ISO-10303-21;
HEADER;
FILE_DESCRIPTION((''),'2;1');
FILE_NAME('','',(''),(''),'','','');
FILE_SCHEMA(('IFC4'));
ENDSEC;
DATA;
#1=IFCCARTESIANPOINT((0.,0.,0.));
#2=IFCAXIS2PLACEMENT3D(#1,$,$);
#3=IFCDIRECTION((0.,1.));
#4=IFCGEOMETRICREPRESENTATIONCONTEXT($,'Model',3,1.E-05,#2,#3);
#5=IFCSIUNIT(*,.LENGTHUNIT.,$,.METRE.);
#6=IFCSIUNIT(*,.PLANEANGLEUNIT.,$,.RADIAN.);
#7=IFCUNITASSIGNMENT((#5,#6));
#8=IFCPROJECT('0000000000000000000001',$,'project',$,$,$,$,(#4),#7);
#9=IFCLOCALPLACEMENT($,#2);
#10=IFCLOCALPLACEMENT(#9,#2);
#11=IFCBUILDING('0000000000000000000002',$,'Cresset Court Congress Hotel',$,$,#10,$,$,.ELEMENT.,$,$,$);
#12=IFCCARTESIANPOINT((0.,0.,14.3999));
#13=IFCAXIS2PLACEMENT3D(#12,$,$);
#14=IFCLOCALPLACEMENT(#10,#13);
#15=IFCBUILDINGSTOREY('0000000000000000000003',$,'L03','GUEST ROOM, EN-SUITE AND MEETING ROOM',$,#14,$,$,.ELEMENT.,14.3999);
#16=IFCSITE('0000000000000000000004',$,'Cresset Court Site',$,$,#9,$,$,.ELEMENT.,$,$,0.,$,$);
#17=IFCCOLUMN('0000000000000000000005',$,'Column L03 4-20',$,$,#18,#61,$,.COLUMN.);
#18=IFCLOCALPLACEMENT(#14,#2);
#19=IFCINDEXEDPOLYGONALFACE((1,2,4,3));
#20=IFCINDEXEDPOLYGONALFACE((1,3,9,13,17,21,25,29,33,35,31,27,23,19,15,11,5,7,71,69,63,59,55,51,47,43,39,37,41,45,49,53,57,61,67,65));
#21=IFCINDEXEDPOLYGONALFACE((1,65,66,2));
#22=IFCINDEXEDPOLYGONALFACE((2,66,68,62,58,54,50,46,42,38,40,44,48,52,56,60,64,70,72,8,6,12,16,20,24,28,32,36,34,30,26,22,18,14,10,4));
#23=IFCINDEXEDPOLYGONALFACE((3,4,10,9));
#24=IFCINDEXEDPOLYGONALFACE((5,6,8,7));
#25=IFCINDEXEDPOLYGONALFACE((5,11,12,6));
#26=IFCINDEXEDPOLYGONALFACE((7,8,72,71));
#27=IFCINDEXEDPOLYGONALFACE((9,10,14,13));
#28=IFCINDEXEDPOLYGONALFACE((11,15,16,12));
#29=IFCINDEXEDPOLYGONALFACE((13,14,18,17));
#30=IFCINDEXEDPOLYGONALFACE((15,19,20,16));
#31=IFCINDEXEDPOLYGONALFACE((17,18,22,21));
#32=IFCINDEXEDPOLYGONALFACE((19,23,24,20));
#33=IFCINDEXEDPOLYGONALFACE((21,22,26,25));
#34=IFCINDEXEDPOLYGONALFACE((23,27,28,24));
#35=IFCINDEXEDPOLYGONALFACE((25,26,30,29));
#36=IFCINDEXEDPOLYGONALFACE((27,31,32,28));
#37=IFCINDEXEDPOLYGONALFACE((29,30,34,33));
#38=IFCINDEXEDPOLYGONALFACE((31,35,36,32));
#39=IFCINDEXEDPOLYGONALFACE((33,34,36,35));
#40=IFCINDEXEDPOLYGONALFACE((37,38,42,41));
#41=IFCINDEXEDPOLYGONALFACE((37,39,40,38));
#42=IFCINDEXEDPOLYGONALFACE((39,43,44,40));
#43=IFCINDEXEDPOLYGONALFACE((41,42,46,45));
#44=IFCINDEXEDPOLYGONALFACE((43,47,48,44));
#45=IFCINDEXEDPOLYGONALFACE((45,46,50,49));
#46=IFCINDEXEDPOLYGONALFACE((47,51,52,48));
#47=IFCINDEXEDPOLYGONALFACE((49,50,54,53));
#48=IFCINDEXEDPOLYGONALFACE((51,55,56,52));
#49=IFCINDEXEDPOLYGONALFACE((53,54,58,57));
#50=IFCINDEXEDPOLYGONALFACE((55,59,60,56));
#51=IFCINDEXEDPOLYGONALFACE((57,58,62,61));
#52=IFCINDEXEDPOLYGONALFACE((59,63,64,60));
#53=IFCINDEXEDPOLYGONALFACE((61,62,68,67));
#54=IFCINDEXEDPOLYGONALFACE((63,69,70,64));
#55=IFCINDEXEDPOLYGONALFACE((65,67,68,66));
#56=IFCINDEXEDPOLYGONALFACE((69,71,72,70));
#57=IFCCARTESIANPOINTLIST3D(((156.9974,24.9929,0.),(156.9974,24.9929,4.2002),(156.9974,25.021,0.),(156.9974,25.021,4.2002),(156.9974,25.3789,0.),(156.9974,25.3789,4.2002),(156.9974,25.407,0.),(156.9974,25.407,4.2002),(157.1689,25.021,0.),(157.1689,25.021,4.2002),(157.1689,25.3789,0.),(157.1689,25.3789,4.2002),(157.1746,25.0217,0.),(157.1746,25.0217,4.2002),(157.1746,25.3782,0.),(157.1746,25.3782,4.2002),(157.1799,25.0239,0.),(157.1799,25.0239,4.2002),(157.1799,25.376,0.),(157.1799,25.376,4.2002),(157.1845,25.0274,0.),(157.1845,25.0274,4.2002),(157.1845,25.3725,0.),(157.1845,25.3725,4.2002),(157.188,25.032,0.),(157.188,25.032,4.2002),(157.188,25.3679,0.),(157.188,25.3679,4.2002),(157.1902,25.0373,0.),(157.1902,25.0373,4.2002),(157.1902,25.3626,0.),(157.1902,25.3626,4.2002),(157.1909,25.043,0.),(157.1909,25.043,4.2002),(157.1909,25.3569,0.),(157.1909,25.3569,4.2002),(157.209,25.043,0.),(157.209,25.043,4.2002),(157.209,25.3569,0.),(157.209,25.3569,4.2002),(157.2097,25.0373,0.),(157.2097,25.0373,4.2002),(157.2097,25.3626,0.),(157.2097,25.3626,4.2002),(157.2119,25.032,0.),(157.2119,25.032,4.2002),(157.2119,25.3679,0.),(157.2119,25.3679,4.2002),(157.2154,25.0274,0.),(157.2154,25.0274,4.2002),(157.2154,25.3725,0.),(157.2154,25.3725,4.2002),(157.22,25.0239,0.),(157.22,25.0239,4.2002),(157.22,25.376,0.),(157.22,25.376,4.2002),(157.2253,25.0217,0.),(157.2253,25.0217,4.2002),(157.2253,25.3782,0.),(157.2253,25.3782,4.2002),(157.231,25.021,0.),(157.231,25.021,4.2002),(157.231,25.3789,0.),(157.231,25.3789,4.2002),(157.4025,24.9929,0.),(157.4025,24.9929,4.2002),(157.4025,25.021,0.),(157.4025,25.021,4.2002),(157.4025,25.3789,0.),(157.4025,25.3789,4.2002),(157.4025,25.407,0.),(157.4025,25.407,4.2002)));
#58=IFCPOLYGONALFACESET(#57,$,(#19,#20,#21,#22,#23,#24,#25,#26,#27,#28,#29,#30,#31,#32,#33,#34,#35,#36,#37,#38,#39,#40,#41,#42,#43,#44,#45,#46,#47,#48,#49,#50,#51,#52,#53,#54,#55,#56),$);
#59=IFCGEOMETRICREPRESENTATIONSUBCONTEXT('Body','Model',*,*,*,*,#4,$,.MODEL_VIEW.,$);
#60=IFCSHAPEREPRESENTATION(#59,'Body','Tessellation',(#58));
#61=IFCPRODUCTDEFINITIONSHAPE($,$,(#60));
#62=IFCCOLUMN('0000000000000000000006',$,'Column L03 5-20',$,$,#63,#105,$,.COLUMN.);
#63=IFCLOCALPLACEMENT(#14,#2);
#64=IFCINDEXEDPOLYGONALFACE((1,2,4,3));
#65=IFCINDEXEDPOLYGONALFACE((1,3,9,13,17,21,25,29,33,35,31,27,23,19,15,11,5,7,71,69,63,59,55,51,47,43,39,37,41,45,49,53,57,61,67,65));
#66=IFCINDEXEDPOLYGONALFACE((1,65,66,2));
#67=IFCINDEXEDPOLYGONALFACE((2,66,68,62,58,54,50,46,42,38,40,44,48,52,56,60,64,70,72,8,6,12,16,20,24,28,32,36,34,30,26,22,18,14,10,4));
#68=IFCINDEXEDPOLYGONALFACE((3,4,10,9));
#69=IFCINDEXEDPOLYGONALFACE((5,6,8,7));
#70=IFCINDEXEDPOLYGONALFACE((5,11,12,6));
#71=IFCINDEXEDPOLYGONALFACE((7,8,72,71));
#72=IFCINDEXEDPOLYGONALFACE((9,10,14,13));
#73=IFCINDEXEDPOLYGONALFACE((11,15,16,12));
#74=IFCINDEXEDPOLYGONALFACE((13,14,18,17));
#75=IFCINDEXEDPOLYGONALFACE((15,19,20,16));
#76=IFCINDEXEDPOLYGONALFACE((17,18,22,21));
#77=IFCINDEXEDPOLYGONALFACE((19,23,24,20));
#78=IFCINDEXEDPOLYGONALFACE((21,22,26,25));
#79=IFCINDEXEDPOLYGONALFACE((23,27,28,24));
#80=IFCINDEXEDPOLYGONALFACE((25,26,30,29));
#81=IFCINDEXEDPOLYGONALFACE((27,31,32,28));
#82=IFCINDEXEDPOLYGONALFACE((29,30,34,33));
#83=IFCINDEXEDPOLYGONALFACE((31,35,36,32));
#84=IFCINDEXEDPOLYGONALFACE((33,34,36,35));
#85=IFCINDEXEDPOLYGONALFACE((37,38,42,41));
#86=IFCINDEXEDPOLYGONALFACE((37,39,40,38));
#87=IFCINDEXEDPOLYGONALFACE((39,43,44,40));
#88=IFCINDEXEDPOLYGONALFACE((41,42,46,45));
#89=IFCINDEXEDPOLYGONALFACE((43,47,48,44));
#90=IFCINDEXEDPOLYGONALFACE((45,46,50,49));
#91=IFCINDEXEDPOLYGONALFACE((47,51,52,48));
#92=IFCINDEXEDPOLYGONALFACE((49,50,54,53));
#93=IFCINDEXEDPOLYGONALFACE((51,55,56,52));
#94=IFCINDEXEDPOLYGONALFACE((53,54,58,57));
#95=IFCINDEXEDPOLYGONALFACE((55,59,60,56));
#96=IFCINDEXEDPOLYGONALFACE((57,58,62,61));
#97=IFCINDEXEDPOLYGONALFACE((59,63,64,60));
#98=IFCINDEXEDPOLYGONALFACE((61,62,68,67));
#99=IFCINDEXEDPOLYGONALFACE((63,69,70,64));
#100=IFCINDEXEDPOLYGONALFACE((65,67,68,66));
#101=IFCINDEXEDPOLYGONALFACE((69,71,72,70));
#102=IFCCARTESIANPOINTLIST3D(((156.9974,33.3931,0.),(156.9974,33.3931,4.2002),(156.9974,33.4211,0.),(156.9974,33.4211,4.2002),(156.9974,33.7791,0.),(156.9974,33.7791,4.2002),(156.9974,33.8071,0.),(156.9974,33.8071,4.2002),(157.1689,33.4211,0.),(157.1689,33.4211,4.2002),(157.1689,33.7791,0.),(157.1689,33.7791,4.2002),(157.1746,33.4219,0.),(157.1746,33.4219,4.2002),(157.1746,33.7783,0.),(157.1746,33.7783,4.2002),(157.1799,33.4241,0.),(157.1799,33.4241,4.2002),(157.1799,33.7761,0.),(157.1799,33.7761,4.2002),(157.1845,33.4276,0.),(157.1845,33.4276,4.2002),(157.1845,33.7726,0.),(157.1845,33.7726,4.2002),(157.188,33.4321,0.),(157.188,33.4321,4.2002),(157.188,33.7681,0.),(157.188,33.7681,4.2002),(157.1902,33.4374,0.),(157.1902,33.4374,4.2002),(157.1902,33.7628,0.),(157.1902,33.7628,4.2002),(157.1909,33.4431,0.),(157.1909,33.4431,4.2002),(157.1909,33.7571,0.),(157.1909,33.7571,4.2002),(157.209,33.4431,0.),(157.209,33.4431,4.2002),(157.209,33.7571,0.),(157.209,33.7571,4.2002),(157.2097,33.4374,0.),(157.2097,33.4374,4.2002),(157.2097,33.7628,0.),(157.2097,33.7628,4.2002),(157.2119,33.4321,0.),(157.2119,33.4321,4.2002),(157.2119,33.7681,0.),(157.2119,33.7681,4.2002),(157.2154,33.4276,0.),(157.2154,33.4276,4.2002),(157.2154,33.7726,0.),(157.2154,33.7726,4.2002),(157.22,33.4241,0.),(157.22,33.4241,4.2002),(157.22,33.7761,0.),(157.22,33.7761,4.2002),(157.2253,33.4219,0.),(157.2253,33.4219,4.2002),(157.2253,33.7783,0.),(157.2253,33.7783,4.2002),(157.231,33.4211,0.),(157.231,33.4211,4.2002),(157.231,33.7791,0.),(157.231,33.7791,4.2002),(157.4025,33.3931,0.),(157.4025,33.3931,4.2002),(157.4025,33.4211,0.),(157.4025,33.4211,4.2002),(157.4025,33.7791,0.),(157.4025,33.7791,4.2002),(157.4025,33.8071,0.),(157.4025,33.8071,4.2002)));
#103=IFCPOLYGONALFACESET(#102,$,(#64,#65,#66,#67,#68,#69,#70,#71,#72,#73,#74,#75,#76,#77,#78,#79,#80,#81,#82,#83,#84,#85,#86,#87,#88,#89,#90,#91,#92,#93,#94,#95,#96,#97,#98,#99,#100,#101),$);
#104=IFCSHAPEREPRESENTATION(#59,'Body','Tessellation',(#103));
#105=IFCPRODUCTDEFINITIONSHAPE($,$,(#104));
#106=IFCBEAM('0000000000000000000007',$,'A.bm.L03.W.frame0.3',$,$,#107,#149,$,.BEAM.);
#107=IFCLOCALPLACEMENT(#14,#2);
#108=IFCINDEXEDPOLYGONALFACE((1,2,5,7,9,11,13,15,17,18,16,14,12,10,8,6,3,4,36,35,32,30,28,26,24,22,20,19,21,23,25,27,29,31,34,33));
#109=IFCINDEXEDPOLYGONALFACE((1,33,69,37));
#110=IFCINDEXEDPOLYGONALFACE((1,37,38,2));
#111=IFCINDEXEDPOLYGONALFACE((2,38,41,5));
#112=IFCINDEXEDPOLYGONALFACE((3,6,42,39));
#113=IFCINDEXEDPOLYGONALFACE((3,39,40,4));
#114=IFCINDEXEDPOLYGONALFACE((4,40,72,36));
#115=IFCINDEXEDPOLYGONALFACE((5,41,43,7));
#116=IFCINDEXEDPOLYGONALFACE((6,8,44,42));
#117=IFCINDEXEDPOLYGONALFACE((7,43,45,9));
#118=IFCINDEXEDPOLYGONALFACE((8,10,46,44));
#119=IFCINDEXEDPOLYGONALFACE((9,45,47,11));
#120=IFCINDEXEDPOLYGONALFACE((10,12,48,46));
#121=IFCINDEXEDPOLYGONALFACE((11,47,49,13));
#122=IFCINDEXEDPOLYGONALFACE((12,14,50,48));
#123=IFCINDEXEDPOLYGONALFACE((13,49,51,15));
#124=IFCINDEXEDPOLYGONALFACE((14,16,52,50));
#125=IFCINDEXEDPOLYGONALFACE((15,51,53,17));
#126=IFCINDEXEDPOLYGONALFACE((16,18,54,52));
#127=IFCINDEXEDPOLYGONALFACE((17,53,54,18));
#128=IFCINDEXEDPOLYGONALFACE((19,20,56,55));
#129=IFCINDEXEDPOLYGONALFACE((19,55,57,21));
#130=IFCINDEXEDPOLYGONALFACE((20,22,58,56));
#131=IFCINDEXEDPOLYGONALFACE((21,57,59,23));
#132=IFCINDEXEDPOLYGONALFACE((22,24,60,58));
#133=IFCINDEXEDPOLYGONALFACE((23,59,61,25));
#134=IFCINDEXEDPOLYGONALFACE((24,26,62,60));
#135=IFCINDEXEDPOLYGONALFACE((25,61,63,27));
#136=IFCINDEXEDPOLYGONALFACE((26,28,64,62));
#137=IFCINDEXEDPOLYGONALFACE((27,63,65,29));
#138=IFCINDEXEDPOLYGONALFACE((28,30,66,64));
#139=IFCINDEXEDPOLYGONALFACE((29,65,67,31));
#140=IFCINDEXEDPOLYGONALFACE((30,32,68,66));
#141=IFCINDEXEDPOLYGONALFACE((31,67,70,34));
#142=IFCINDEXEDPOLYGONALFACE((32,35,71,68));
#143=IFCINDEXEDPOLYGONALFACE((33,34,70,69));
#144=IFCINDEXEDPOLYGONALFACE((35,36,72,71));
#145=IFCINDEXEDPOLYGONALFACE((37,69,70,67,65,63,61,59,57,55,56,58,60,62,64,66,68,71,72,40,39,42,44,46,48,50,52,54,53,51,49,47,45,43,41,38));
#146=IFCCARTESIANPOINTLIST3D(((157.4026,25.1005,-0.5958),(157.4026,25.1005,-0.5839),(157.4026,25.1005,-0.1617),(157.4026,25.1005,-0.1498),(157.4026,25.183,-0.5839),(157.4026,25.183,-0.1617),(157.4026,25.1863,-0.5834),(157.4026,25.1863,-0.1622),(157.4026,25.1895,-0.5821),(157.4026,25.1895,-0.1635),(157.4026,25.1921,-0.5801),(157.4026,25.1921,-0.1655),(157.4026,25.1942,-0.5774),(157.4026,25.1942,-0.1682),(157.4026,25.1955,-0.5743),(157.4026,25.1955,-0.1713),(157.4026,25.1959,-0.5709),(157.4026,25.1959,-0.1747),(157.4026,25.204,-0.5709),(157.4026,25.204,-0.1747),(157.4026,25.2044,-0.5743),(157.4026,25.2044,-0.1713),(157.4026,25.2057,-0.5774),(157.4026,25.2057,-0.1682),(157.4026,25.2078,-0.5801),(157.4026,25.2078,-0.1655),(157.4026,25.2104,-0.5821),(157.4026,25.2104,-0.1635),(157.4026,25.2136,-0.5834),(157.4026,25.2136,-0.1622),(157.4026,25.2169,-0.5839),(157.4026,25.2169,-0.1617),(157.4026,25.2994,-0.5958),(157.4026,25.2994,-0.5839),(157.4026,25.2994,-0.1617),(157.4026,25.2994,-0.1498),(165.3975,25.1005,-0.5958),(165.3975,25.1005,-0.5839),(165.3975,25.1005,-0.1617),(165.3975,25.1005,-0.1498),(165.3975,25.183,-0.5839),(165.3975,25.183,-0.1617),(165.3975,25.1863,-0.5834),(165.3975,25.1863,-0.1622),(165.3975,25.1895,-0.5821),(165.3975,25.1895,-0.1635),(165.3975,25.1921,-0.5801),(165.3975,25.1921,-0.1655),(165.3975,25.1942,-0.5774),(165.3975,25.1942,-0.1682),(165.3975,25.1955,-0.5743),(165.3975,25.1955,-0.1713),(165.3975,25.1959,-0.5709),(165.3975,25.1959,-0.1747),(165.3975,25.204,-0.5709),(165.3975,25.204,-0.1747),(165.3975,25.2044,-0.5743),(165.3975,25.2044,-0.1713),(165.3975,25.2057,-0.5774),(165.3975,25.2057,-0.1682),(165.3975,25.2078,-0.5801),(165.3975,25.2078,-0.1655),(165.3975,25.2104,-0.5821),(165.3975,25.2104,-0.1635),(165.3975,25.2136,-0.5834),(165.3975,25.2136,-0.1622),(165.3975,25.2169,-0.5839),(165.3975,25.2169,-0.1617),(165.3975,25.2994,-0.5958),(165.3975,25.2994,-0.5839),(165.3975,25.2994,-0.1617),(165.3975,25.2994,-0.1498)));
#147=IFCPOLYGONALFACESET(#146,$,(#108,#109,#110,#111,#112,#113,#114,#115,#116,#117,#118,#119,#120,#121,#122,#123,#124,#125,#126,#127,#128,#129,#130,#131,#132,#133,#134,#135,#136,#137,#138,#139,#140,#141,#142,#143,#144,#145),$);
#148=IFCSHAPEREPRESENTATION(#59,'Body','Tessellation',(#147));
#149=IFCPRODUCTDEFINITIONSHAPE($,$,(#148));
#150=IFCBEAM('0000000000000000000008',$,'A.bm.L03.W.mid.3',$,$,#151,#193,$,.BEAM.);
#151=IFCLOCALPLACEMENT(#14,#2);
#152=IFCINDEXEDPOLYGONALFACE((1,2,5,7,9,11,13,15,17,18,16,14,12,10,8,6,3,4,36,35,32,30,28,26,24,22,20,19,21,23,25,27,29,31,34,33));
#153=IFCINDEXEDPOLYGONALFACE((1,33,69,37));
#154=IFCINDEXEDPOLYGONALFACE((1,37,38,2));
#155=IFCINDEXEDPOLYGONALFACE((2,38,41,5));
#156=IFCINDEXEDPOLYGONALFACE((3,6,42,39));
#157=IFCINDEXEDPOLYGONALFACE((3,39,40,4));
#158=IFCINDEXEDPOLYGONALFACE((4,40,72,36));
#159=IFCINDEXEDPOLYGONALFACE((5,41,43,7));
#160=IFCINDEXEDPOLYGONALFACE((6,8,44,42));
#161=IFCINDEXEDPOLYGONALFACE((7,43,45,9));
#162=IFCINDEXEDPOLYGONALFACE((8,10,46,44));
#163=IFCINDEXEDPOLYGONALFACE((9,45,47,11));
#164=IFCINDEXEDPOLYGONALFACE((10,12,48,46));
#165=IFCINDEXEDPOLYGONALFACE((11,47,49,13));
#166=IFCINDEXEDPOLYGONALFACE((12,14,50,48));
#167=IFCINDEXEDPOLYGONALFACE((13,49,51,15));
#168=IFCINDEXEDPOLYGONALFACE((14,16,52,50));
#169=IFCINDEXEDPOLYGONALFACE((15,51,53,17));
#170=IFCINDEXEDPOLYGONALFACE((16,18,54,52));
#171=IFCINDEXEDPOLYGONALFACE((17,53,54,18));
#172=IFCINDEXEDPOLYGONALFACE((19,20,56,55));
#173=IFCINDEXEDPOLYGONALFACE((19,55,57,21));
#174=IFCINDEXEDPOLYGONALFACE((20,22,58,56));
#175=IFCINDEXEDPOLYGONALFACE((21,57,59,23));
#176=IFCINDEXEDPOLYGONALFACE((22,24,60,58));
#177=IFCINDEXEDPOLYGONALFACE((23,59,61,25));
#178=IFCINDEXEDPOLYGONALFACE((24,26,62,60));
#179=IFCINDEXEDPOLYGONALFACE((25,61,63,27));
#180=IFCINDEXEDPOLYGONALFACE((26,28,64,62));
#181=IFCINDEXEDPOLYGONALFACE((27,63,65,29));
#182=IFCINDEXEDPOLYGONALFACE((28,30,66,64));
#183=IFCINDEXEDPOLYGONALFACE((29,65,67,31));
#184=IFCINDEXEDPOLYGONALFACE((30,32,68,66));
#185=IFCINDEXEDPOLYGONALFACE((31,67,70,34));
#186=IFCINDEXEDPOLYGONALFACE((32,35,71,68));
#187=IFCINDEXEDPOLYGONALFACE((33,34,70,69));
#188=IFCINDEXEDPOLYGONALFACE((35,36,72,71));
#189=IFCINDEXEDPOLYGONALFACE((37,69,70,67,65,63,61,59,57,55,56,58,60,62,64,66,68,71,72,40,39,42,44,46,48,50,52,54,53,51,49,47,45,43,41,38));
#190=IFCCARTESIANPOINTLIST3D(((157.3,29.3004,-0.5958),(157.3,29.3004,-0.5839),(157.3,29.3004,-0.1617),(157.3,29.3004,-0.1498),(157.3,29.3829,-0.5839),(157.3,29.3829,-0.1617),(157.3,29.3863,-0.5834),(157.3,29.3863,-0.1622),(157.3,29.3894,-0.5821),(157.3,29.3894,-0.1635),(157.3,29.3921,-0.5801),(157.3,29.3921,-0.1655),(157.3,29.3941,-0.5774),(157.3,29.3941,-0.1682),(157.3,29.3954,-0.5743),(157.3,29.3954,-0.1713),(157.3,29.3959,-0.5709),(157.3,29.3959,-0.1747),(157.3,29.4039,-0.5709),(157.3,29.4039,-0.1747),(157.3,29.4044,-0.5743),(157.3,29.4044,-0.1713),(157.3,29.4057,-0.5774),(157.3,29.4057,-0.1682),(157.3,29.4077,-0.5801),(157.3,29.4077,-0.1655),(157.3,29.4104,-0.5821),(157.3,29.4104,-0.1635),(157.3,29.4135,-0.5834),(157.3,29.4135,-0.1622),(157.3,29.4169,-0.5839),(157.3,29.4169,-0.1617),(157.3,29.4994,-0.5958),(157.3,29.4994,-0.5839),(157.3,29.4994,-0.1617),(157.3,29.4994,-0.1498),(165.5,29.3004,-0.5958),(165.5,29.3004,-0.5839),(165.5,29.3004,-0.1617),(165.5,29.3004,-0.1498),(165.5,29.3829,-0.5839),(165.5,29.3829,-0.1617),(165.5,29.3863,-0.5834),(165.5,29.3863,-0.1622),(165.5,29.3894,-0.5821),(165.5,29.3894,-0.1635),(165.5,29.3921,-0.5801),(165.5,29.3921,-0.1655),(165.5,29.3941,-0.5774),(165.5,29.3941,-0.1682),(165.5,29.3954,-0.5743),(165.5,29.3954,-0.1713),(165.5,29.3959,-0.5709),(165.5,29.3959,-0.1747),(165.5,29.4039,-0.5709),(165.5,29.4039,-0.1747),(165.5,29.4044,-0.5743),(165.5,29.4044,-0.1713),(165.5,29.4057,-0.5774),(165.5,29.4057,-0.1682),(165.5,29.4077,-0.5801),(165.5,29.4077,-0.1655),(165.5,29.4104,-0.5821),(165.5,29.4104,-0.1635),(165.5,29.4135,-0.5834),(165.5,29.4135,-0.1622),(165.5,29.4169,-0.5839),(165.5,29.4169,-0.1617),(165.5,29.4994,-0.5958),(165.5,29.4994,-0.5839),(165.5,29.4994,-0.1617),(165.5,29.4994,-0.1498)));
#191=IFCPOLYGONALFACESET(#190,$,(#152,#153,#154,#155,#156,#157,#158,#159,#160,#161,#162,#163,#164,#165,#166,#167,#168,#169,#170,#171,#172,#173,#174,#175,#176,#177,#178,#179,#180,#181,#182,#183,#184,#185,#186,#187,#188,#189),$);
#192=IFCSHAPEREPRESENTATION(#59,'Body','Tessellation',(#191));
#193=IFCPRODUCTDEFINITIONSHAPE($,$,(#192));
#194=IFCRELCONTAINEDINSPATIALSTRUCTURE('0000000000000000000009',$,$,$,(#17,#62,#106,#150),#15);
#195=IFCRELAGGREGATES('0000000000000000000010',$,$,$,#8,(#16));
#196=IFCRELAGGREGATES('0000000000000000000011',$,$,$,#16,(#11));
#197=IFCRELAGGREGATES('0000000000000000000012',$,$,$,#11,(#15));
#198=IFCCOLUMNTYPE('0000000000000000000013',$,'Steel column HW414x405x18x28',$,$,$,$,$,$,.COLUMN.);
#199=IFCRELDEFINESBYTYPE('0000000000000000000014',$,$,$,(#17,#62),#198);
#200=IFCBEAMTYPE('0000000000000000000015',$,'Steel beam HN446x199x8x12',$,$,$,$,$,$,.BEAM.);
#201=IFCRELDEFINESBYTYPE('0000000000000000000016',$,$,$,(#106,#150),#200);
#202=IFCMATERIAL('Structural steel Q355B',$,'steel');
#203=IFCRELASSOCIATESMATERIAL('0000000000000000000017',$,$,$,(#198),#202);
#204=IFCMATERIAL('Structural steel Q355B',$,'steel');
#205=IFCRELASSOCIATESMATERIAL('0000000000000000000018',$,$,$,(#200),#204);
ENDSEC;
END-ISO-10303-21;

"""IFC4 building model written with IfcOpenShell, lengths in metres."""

from ifc_helpers import new_model, si_unit, direction, frame, origin, origin_2d, place, context, subcontext, project, spatial, i_section, extrude, material, material_profile, profile_set, type_object, element, save


model = new_model("IFC4")

# Units and contexts
model_context = context("Model", 3, precision=1e-05, world=origin(), true_north=direction((0.0, 1.0)))
body_context = subcontext(model_context, "Body", "Model", "MODEL_VIEW")
ifc_project = project(units=[si_unit("LENGTHUNIT", "METRE"), si_unit("PLANEANGLEUNIT", "RADIAN")], contexts=[model_context])

# Site, building, storey
site_placement = place(None, origin())
site = spatial("IfcSite", under=ifc_project, at=site_placement, Name="Cresset Court Site", CompositionType="ELEMENT", RefElevation=0.0)
building_placement = place(site_placement, origin())
building = spatial("IfcBuilding", under=site, at=building_placement, Name="Cresset Court Congress Hotel", CompositionType="ELEMENT")
storey_placement = place(building_placement, frame((0.0, 0.0, 14.3999)))
storey = spatial("IfcBuildingStorey", under=building, at=storey_placement, Name="L03", Description="GUEST ROOM, EN-SUITE AND MEETING ROOM", CompositionType="ELEMENT", Elevation=14.3999)

# Columns
ifc_material_1 = material(Name="Structural steel Q355B", Category="steel")
ifc_material_profile_1 = material_profile(ifc_material_1, i_section(OverallWidth=0.405, OverallDepth=0.4141, WebThickness=0.0181, FlangeThickness=0.0281, FilletRadius=0.022, at=origin_2d()), Name="HW414x405x18x28")
ifc_profile_set_1 = profile_set([ifc_material_profile_1], Name="Structural steel Q355B")
column_type = type_object("IfcColumnType", Name="Steel column HW414x405x18x28", PredefinedType="COLUMN", material=ifc_profile_set_1)
for number, where, z_axis, x_axis, name in (
    (1, (157.2, 25.2, 0.0), (0.0, 0.0, 1.0), (1.0, 0.0, 0.0), "Column L03 4-20"),
    (2, (157.2, 33.6001, 0.0), (0.0, 0.0, 1.0), (1.0, 0.0, 0.0), "Column L03 5-20"),
):
    element("IfcColumn", number, at=place(storey_placement, frame(where, z_axis=z_axis, x_axis=x_axis)), inside=storey, type_object=column_type, Name=name, PredefinedType="COLUMN", context=body_context, shape_type="SweptSolid", body=[
        extrude(i_section(OverallWidth=0.405, OverallDepth=0.4141, WebThickness=0.0181, FlangeThickness=0.0281, FilletRadius=0.022, at=origin_2d()), origin(), (0.0, 0.0, 1.0), 4.2002),
    ])

# Beams
ifc_material_2 = material(Name="Structural steel Q355B", Category="steel")
ifc_material_profile_2 = material_profile(ifc_material_2, i_section(OverallWidth=0.199, OverallDepth=0.446, WebThickness=0.0081, FlangeThickness=0.012, FilletRadius=0.0129, at=origin_2d()), Name="HN446x199x8x12")
ifc_profile_set_2 = profile_set([ifc_material_profile_2], Name="Structural steel Q355B")
beam_type_1 = type_object("IfcBeamType", Name="Steel beam HN446x199x8x12", PredefinedType="BEAM", material=ifc_profile_set_2)
beam_1_placement = place(storey_placement, frame((157.4026, 25.2, -0.3728), z_axis=(1.0, 0.0, 0.0), x_axis=(0.0, 1.0, 0.0)))
element("IfcBeam", 3, at=beam_1_placement, inside=storey, type_object=beam_type_1, Name="A.bm.L03.W.frame0.3", PredefinedType="BEAM", context=body_context, shape_type="SweptSolid", body=[
    extrude(i_section(OverallWidth=0.199, OverallDepth=0.446, WebThickness=0.0081, FlangeThickness=0.012, FilletRadius=0.0129, at=origin_2d()), origin(), (0.0, 0.0, 1.0), 7.9949),
])
beam_2_placement = place(storey_placement, frame((157.3, 29.3999, -0.3728), z_axis=(1.0, 0.0, 0.0), x_axis=(0.0, 1.0, 0.0)))
element("IfcBeam", 4, at=beam_2_placement, inside=storey, type_object=beam_type_1, Name="A.bm.L03.W.mid.3", PredefinedType="BEAM", context=body_context, shape_type="SweptSolid", body=[
    extrude(i_section(OverallWidth=0.199, OverallDepth=0.446, WebThickness=0.0081, FlangeThickness=0.012, FilletRadius=0.0129, at=origin_2d()), origin(), (0.0, 0.0, 1.0), 8.2),
])

save(model, "model.ifc")
